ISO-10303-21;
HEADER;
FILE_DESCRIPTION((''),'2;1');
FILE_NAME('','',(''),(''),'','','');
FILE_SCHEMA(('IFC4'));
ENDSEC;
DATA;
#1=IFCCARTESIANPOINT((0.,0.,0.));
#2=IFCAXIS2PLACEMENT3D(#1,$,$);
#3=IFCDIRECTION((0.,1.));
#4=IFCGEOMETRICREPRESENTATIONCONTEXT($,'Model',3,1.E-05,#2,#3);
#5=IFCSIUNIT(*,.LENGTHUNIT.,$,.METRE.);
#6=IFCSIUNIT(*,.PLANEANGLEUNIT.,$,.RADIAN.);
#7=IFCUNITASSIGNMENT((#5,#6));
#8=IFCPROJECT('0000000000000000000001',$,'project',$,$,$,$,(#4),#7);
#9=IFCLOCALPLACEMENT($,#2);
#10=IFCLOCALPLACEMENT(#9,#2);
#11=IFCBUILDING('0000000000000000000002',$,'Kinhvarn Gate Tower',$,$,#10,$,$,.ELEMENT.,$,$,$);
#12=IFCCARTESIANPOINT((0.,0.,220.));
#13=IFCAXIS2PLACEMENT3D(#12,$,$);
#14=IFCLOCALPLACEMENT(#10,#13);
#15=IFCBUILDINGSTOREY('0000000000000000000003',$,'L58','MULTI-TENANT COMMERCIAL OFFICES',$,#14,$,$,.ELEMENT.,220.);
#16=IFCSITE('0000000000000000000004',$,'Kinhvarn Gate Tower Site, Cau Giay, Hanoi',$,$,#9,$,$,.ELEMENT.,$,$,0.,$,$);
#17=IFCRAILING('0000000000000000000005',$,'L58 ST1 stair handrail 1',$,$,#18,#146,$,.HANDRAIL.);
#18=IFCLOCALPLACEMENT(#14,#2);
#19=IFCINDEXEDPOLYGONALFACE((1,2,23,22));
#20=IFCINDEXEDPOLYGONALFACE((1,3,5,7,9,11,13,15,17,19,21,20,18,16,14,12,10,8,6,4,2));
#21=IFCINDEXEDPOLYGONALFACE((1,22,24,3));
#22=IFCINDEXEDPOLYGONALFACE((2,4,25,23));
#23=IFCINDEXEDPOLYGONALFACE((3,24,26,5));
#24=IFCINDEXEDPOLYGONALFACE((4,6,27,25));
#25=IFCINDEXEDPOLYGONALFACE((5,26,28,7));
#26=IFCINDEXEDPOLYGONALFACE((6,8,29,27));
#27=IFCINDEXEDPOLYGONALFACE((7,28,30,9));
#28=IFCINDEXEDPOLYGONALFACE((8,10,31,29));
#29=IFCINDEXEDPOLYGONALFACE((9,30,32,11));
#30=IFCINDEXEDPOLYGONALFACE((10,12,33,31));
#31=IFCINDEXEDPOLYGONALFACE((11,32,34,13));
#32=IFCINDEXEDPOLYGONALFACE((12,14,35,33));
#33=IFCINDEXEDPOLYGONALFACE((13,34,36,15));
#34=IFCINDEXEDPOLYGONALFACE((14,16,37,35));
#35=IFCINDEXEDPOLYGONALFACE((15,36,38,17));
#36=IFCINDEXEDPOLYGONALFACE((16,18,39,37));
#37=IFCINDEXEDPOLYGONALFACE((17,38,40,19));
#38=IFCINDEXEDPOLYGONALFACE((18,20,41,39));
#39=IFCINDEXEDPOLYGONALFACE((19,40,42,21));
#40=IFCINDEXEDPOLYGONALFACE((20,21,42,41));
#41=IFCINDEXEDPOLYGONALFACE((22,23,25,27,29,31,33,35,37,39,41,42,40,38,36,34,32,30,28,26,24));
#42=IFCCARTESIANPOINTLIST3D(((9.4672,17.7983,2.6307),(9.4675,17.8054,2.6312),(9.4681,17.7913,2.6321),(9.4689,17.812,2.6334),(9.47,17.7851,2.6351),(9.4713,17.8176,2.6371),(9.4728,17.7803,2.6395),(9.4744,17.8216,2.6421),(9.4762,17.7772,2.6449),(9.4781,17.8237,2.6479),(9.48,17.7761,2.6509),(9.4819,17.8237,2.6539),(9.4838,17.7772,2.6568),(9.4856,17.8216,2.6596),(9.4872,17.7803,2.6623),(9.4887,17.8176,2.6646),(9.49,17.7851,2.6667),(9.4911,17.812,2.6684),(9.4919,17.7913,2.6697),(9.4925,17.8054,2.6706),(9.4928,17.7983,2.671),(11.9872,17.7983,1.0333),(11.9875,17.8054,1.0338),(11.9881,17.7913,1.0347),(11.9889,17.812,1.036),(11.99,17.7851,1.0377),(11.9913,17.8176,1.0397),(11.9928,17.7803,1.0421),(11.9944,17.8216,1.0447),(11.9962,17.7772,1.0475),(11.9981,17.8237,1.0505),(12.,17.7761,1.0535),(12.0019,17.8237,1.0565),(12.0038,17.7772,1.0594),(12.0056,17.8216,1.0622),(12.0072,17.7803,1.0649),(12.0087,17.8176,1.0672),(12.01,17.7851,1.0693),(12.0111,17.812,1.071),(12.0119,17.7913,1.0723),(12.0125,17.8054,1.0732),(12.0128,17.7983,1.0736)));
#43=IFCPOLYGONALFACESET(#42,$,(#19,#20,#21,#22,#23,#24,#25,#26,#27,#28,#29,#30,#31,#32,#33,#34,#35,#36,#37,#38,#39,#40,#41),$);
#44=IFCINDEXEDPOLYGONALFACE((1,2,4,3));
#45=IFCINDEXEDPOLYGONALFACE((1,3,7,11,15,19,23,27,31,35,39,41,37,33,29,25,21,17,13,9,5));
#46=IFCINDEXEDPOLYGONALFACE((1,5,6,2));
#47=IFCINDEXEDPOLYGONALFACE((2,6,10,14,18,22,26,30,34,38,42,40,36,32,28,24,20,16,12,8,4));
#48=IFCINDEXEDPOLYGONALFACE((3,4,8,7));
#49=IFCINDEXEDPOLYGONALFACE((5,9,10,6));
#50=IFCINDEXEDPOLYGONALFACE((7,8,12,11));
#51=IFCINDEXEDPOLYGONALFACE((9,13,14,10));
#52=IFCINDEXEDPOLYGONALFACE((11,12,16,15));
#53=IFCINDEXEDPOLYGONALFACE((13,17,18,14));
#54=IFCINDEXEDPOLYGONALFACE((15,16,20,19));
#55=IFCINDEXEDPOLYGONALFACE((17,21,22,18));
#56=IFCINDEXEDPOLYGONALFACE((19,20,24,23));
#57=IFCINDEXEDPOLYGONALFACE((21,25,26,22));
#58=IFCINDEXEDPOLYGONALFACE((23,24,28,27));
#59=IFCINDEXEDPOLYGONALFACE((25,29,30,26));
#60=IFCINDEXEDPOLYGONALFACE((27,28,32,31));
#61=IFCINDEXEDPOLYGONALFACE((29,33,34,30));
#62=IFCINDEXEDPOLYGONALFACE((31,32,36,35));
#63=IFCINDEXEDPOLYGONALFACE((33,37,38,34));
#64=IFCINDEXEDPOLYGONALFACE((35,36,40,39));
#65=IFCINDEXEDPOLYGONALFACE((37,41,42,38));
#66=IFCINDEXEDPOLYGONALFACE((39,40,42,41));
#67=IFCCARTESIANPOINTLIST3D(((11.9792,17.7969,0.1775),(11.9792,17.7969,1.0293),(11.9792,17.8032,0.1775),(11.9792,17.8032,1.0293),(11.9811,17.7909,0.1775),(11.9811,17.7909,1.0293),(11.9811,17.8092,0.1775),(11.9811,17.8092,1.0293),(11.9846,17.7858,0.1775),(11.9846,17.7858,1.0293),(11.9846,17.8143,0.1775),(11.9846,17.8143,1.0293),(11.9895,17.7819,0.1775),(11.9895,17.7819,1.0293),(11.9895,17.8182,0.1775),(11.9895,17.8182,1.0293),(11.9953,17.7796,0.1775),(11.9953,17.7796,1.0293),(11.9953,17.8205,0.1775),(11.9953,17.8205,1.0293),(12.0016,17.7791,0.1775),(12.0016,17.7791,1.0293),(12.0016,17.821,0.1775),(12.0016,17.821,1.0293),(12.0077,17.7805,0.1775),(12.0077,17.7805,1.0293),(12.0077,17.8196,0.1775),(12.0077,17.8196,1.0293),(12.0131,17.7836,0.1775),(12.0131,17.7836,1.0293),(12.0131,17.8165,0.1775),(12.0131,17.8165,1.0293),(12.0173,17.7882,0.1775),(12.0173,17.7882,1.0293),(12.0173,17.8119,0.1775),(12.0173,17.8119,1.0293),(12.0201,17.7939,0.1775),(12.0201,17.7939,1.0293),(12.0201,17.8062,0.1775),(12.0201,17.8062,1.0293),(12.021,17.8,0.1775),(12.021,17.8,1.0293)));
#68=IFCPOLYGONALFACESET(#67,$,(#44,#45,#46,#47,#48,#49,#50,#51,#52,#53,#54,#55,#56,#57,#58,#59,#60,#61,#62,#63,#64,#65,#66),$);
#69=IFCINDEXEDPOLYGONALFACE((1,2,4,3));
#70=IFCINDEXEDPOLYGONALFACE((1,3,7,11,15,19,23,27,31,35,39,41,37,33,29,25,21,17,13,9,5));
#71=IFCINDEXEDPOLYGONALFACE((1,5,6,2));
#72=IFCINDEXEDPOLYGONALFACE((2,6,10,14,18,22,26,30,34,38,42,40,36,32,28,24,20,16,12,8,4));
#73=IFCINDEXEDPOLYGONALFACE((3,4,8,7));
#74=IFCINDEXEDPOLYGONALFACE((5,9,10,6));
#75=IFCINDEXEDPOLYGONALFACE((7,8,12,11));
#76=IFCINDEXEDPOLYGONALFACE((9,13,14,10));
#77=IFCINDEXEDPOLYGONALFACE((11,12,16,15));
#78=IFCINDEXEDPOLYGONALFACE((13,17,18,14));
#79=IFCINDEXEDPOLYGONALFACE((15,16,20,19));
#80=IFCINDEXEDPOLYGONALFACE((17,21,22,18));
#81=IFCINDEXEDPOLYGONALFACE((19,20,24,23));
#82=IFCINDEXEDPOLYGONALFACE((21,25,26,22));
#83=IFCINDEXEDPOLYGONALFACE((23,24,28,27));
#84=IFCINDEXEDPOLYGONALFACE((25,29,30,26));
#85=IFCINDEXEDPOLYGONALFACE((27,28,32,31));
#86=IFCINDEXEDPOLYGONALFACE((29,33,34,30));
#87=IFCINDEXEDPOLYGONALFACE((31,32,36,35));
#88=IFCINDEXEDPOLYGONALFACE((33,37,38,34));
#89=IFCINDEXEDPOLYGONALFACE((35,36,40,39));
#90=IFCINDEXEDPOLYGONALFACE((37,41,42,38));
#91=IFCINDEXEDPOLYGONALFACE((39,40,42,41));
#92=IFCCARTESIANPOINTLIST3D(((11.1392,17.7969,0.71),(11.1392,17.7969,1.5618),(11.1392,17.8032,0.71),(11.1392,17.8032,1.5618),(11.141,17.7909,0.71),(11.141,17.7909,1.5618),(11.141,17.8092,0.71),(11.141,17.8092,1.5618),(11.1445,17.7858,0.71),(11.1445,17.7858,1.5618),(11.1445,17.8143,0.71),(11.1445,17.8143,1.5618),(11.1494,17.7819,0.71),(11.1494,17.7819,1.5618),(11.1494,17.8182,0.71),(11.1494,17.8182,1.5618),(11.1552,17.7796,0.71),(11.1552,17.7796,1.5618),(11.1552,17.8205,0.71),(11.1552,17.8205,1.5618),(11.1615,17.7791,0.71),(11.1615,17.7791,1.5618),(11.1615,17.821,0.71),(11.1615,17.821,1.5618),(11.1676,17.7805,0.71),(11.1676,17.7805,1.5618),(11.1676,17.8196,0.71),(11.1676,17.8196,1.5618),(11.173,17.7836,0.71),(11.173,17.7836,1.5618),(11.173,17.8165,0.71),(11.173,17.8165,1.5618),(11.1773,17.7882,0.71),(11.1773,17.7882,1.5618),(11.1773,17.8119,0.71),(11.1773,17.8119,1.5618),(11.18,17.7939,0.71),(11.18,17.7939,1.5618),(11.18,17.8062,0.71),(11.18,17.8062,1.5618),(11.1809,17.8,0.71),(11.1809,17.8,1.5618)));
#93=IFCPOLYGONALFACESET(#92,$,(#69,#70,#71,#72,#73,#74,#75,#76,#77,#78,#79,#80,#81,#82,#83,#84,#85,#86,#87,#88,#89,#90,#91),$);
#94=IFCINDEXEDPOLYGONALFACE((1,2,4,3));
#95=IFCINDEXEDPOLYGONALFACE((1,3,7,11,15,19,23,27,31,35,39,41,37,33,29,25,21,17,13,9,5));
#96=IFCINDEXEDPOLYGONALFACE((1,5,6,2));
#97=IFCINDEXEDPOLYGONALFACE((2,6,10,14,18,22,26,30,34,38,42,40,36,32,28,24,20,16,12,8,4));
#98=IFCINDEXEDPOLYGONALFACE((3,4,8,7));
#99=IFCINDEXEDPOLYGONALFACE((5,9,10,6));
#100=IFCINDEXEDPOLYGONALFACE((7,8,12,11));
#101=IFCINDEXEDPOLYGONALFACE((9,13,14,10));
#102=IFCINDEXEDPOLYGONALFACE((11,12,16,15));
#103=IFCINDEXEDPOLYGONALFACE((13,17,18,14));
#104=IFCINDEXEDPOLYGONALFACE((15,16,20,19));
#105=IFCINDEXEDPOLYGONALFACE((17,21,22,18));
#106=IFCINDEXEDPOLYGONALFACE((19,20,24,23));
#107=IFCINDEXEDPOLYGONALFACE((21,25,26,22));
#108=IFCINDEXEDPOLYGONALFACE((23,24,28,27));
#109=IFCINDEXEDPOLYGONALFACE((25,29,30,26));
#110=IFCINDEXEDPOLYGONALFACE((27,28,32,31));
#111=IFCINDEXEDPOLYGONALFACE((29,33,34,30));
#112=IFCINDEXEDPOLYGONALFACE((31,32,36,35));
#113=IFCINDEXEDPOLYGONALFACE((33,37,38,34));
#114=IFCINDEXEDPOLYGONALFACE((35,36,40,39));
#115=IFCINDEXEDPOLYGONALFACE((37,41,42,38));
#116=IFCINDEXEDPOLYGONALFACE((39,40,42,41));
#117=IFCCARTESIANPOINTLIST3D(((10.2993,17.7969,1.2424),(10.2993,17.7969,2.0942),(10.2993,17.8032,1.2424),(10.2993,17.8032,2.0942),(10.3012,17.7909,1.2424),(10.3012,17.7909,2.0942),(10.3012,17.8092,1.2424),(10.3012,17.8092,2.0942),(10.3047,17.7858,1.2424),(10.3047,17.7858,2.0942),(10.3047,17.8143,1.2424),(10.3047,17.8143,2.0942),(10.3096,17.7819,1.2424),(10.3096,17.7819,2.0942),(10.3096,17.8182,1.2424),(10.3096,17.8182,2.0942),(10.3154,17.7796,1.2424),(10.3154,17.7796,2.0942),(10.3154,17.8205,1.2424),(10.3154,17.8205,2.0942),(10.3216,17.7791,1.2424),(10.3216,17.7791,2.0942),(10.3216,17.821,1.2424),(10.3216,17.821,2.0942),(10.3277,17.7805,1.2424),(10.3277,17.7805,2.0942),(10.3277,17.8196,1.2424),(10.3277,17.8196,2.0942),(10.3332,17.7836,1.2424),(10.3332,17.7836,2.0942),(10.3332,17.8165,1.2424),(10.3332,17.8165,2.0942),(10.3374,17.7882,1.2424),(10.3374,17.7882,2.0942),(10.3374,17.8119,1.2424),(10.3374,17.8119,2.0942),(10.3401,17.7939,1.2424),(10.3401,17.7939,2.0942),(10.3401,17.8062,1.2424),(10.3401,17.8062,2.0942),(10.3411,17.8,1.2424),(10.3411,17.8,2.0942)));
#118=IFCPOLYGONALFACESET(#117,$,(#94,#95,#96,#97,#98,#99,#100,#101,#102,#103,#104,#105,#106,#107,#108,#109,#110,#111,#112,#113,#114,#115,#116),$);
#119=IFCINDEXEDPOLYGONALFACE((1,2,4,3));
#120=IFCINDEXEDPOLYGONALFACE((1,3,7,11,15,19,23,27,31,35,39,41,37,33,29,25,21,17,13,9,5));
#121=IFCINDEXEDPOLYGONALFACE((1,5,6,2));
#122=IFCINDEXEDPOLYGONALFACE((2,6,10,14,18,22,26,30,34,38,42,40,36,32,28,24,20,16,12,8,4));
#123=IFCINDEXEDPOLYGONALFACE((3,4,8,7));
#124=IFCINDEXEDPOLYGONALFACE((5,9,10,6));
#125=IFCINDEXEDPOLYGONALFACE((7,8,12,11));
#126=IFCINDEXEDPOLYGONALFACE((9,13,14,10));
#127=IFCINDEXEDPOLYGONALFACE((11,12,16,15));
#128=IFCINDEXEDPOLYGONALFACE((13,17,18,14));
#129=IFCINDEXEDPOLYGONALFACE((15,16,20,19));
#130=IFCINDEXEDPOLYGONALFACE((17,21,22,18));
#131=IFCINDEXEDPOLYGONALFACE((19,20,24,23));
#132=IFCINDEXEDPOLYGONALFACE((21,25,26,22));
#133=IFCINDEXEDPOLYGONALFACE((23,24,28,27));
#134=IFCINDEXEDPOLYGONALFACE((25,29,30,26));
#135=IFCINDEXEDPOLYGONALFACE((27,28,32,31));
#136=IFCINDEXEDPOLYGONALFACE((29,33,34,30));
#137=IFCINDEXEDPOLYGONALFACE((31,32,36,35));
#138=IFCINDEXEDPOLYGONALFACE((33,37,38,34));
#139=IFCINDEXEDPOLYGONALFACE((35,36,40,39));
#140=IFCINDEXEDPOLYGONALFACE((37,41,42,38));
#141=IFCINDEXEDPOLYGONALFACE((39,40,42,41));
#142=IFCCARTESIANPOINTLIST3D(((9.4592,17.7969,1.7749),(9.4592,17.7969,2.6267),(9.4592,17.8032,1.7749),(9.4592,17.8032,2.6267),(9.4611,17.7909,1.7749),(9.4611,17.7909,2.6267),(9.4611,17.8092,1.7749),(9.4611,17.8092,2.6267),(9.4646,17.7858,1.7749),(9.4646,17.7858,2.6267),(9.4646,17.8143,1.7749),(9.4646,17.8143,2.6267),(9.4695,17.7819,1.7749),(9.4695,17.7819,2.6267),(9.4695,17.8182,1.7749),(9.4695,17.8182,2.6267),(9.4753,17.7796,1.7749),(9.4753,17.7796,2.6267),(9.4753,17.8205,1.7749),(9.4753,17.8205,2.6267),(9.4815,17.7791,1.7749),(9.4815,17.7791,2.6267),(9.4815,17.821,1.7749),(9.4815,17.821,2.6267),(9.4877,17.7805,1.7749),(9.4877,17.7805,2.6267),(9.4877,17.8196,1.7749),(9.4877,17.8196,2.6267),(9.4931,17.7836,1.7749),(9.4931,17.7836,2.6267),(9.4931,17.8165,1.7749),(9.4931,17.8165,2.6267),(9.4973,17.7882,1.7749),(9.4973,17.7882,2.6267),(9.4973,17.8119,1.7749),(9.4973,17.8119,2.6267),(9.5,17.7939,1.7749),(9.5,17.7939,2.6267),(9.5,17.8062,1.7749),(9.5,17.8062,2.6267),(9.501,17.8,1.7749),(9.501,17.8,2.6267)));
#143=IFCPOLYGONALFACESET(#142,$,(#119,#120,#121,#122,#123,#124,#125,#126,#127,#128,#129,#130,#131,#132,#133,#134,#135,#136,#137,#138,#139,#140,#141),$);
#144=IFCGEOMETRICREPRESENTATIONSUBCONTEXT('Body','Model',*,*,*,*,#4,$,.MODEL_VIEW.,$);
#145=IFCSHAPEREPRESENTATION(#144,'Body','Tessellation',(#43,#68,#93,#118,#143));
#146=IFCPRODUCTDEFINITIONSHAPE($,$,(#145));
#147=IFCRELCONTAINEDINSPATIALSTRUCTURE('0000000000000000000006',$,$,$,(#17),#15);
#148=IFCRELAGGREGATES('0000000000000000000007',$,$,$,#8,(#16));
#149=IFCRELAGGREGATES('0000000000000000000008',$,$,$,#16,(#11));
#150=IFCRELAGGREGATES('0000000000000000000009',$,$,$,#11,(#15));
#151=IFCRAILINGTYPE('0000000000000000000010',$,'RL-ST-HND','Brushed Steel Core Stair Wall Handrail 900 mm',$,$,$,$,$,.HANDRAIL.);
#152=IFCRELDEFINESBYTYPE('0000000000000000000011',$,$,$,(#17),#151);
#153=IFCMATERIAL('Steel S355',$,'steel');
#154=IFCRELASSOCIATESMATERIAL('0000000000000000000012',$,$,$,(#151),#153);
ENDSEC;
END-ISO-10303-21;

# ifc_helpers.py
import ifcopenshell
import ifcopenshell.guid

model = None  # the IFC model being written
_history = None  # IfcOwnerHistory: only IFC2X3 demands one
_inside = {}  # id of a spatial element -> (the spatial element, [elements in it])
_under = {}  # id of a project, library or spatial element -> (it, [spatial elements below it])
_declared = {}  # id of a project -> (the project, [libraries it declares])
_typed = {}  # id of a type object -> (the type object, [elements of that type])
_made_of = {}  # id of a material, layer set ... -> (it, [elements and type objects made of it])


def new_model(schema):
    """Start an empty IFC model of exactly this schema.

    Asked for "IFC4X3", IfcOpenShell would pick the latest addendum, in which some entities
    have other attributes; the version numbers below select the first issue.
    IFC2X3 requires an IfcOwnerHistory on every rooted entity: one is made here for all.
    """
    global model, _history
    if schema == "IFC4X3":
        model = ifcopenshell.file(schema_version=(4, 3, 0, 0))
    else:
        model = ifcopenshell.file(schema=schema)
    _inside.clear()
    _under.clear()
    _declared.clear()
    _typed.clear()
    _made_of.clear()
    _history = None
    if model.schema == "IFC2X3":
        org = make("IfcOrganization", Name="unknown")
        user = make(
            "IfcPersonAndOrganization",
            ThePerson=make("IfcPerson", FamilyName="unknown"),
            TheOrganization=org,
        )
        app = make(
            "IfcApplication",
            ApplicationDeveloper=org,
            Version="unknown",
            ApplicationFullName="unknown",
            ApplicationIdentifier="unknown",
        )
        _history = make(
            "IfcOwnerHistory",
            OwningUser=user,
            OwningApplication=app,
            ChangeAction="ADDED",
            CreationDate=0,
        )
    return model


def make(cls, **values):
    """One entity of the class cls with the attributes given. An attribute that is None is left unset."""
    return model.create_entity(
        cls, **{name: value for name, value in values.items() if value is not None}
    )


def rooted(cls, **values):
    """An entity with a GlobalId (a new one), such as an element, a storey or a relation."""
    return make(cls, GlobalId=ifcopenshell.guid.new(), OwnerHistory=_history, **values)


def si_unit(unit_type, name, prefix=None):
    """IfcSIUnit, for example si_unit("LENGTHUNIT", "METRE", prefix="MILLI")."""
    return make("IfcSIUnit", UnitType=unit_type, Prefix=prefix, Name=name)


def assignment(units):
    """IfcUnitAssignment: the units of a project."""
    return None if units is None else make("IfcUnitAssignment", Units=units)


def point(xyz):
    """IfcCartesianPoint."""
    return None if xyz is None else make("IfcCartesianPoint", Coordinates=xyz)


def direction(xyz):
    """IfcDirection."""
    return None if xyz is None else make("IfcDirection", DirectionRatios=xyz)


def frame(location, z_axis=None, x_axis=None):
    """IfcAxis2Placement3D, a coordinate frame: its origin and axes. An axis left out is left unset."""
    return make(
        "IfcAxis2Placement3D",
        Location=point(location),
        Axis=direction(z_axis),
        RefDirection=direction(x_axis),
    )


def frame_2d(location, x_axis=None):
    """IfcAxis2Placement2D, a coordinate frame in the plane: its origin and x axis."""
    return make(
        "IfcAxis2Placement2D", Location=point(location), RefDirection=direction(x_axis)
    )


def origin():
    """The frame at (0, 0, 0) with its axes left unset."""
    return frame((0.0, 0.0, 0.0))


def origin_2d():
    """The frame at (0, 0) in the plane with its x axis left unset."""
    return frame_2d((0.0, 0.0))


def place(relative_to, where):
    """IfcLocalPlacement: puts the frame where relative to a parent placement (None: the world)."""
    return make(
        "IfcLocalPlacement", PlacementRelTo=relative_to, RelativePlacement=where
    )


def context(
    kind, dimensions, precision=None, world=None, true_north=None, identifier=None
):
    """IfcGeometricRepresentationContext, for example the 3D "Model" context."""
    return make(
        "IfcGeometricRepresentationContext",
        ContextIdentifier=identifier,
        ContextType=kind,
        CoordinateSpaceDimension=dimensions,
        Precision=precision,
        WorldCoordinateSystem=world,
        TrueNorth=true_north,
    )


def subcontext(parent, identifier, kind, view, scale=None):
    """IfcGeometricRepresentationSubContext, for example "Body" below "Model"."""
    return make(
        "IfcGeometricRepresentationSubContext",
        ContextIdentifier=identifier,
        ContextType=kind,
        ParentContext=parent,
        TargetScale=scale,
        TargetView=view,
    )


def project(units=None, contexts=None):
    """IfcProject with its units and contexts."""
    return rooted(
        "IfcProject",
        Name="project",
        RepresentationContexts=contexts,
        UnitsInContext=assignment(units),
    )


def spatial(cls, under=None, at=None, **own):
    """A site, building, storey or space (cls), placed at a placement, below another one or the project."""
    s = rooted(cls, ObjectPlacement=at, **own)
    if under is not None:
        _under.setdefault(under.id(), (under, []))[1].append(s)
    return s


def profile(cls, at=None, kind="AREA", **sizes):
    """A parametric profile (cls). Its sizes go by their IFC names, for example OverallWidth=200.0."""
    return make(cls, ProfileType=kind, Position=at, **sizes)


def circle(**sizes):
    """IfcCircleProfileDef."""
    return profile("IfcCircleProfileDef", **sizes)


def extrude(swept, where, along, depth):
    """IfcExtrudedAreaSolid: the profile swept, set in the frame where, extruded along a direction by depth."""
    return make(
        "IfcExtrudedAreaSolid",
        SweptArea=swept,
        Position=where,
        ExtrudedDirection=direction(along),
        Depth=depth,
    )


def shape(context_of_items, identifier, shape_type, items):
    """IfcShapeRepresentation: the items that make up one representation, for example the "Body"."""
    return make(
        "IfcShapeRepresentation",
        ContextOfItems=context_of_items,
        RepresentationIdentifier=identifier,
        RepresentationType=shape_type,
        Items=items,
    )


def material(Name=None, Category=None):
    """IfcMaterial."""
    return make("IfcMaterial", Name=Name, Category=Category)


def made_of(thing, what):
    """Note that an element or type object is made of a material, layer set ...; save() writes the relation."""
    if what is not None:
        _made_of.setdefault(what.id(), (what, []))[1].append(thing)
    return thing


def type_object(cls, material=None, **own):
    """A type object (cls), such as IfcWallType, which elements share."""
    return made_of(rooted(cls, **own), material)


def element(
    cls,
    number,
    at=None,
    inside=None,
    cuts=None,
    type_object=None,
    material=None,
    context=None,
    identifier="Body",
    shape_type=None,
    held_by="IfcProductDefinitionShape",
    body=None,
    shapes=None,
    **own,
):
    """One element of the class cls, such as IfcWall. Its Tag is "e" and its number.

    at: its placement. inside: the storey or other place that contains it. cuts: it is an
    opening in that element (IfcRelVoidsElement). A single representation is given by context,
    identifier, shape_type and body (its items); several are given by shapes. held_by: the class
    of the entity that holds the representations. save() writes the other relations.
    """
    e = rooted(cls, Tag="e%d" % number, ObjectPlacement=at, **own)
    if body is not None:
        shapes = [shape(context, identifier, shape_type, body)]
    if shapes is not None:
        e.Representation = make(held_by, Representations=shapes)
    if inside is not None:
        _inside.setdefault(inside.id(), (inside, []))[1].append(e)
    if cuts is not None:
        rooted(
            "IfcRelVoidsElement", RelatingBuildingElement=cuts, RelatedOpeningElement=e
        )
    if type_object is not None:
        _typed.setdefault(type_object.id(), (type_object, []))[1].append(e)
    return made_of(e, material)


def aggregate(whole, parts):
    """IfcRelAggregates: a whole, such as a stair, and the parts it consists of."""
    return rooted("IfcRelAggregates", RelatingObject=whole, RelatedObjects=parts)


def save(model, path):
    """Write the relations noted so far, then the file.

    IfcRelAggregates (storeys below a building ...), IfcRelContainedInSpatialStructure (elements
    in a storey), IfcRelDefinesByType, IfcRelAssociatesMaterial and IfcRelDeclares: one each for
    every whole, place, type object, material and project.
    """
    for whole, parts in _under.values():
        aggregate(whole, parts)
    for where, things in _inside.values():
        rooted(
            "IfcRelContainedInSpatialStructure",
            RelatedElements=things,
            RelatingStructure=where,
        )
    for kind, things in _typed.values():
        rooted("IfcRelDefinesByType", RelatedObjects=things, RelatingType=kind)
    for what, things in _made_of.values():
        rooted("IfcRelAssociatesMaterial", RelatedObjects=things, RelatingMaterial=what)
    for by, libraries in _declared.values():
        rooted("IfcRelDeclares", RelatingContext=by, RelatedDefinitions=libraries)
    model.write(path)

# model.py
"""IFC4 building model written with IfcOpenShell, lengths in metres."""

from ifc_helpers import new_model, si_unit, direction, frame, origin, origin_2d, place, context, subcontext, project, spatial, circle, extrude, material, type_object, element, save


model = new_model("IFC4")

# Units and contexts
model_context = context("Model", 3, precision=1e-05, world=origin(), true_north=direction((0.0, 1.0)))
body_context = subcontext(model_context, "Body", "Model", "MODEL_VIEW")
ifc_project = project(units=[si_unit("LENGTHUNIT", "METRE"), si_unit("PLANEANGLEUNIT", "RADIAN")], contexts=[model_context])

# Site, building, storey
site_placement = place(None, origin())
site = spatial("IfcSite", under=ifc_project, at=site_placement, Name="Kinhvarn Gate Tower Site, Cau Giay, Hanoi", CompositionType="ELEMENT", RefElevation=0.0)
building_placement = place(site_placement, origin())
building = spatial("IfcBuilding", under=site, at=building_placement, Name="Kinhvarn Gate Tower", CompositionType="ELEMENT")
storey_placement = place(building_placement, frame((0.0, 0.0, 220.0)))
storey = spatial("IfcBuildingStorey", under=building, at=storey_placement, Name="L58", Description="MULTI-TENANT COMMERCIAL OFFICES", CompositionType="ELEMENT", Elevation=220.0)

# Shared definitions
ifc_material_1 = material(Name="Steel S355", Category="steel")

# Railing
railing_type_1 = type_object("IfcRailingType", Name="RL-ST-HND", Description="Brushed Steel Core Stair Wall Handrail 900 mm", PredefinedType="HANDRAIL", material=ifc_material_1)
railing_1_placement = place(storey_placement, frame((12.0, 17.8, 0.1775)))
element("IfcRailing", 1, at=railing_1_placement, inside=storey, type_object=railing_type_1, Name="L58 ST1 stair handrail 1", PredefinedType="HANDRAIL", context=body_context, shape_type="SweptSolid", body=[
    extrude(circle(Radius=0.0239, at=origin_2d()), frame((0.0, 0.0, 0.876), z_axis=(-0.844607, 0.0, 0.535387), x_axis=(0.0, -1.0, 0.0)), (0.0, 0.0, 1.0), 2.9836),
    extrude(circle(Radius=0.021, at=origin_2d()), origin(), (0.0, 0.0, 1.0), 0.8518),
    extrude(circle(Radius=0.021, at=origin_2d()), frame((-0.8401, 0.0, 0.5325)), (0.0, 0.0, 1.0), 0.8518),
    extrude(circle(Radius=0.021, at=origin_2d()), frame((-1.6799, 0.0, 1.0649)), (0.0, 0.0, 1.0), 0.8518),
    extrude(circle(Radius=0.021, at=origin_2d()), frame((-2.52, 0.0, 1.5974)), (0.0, 0.0, 1.0), 0.8518),
])

save(model, "model.ifc")
